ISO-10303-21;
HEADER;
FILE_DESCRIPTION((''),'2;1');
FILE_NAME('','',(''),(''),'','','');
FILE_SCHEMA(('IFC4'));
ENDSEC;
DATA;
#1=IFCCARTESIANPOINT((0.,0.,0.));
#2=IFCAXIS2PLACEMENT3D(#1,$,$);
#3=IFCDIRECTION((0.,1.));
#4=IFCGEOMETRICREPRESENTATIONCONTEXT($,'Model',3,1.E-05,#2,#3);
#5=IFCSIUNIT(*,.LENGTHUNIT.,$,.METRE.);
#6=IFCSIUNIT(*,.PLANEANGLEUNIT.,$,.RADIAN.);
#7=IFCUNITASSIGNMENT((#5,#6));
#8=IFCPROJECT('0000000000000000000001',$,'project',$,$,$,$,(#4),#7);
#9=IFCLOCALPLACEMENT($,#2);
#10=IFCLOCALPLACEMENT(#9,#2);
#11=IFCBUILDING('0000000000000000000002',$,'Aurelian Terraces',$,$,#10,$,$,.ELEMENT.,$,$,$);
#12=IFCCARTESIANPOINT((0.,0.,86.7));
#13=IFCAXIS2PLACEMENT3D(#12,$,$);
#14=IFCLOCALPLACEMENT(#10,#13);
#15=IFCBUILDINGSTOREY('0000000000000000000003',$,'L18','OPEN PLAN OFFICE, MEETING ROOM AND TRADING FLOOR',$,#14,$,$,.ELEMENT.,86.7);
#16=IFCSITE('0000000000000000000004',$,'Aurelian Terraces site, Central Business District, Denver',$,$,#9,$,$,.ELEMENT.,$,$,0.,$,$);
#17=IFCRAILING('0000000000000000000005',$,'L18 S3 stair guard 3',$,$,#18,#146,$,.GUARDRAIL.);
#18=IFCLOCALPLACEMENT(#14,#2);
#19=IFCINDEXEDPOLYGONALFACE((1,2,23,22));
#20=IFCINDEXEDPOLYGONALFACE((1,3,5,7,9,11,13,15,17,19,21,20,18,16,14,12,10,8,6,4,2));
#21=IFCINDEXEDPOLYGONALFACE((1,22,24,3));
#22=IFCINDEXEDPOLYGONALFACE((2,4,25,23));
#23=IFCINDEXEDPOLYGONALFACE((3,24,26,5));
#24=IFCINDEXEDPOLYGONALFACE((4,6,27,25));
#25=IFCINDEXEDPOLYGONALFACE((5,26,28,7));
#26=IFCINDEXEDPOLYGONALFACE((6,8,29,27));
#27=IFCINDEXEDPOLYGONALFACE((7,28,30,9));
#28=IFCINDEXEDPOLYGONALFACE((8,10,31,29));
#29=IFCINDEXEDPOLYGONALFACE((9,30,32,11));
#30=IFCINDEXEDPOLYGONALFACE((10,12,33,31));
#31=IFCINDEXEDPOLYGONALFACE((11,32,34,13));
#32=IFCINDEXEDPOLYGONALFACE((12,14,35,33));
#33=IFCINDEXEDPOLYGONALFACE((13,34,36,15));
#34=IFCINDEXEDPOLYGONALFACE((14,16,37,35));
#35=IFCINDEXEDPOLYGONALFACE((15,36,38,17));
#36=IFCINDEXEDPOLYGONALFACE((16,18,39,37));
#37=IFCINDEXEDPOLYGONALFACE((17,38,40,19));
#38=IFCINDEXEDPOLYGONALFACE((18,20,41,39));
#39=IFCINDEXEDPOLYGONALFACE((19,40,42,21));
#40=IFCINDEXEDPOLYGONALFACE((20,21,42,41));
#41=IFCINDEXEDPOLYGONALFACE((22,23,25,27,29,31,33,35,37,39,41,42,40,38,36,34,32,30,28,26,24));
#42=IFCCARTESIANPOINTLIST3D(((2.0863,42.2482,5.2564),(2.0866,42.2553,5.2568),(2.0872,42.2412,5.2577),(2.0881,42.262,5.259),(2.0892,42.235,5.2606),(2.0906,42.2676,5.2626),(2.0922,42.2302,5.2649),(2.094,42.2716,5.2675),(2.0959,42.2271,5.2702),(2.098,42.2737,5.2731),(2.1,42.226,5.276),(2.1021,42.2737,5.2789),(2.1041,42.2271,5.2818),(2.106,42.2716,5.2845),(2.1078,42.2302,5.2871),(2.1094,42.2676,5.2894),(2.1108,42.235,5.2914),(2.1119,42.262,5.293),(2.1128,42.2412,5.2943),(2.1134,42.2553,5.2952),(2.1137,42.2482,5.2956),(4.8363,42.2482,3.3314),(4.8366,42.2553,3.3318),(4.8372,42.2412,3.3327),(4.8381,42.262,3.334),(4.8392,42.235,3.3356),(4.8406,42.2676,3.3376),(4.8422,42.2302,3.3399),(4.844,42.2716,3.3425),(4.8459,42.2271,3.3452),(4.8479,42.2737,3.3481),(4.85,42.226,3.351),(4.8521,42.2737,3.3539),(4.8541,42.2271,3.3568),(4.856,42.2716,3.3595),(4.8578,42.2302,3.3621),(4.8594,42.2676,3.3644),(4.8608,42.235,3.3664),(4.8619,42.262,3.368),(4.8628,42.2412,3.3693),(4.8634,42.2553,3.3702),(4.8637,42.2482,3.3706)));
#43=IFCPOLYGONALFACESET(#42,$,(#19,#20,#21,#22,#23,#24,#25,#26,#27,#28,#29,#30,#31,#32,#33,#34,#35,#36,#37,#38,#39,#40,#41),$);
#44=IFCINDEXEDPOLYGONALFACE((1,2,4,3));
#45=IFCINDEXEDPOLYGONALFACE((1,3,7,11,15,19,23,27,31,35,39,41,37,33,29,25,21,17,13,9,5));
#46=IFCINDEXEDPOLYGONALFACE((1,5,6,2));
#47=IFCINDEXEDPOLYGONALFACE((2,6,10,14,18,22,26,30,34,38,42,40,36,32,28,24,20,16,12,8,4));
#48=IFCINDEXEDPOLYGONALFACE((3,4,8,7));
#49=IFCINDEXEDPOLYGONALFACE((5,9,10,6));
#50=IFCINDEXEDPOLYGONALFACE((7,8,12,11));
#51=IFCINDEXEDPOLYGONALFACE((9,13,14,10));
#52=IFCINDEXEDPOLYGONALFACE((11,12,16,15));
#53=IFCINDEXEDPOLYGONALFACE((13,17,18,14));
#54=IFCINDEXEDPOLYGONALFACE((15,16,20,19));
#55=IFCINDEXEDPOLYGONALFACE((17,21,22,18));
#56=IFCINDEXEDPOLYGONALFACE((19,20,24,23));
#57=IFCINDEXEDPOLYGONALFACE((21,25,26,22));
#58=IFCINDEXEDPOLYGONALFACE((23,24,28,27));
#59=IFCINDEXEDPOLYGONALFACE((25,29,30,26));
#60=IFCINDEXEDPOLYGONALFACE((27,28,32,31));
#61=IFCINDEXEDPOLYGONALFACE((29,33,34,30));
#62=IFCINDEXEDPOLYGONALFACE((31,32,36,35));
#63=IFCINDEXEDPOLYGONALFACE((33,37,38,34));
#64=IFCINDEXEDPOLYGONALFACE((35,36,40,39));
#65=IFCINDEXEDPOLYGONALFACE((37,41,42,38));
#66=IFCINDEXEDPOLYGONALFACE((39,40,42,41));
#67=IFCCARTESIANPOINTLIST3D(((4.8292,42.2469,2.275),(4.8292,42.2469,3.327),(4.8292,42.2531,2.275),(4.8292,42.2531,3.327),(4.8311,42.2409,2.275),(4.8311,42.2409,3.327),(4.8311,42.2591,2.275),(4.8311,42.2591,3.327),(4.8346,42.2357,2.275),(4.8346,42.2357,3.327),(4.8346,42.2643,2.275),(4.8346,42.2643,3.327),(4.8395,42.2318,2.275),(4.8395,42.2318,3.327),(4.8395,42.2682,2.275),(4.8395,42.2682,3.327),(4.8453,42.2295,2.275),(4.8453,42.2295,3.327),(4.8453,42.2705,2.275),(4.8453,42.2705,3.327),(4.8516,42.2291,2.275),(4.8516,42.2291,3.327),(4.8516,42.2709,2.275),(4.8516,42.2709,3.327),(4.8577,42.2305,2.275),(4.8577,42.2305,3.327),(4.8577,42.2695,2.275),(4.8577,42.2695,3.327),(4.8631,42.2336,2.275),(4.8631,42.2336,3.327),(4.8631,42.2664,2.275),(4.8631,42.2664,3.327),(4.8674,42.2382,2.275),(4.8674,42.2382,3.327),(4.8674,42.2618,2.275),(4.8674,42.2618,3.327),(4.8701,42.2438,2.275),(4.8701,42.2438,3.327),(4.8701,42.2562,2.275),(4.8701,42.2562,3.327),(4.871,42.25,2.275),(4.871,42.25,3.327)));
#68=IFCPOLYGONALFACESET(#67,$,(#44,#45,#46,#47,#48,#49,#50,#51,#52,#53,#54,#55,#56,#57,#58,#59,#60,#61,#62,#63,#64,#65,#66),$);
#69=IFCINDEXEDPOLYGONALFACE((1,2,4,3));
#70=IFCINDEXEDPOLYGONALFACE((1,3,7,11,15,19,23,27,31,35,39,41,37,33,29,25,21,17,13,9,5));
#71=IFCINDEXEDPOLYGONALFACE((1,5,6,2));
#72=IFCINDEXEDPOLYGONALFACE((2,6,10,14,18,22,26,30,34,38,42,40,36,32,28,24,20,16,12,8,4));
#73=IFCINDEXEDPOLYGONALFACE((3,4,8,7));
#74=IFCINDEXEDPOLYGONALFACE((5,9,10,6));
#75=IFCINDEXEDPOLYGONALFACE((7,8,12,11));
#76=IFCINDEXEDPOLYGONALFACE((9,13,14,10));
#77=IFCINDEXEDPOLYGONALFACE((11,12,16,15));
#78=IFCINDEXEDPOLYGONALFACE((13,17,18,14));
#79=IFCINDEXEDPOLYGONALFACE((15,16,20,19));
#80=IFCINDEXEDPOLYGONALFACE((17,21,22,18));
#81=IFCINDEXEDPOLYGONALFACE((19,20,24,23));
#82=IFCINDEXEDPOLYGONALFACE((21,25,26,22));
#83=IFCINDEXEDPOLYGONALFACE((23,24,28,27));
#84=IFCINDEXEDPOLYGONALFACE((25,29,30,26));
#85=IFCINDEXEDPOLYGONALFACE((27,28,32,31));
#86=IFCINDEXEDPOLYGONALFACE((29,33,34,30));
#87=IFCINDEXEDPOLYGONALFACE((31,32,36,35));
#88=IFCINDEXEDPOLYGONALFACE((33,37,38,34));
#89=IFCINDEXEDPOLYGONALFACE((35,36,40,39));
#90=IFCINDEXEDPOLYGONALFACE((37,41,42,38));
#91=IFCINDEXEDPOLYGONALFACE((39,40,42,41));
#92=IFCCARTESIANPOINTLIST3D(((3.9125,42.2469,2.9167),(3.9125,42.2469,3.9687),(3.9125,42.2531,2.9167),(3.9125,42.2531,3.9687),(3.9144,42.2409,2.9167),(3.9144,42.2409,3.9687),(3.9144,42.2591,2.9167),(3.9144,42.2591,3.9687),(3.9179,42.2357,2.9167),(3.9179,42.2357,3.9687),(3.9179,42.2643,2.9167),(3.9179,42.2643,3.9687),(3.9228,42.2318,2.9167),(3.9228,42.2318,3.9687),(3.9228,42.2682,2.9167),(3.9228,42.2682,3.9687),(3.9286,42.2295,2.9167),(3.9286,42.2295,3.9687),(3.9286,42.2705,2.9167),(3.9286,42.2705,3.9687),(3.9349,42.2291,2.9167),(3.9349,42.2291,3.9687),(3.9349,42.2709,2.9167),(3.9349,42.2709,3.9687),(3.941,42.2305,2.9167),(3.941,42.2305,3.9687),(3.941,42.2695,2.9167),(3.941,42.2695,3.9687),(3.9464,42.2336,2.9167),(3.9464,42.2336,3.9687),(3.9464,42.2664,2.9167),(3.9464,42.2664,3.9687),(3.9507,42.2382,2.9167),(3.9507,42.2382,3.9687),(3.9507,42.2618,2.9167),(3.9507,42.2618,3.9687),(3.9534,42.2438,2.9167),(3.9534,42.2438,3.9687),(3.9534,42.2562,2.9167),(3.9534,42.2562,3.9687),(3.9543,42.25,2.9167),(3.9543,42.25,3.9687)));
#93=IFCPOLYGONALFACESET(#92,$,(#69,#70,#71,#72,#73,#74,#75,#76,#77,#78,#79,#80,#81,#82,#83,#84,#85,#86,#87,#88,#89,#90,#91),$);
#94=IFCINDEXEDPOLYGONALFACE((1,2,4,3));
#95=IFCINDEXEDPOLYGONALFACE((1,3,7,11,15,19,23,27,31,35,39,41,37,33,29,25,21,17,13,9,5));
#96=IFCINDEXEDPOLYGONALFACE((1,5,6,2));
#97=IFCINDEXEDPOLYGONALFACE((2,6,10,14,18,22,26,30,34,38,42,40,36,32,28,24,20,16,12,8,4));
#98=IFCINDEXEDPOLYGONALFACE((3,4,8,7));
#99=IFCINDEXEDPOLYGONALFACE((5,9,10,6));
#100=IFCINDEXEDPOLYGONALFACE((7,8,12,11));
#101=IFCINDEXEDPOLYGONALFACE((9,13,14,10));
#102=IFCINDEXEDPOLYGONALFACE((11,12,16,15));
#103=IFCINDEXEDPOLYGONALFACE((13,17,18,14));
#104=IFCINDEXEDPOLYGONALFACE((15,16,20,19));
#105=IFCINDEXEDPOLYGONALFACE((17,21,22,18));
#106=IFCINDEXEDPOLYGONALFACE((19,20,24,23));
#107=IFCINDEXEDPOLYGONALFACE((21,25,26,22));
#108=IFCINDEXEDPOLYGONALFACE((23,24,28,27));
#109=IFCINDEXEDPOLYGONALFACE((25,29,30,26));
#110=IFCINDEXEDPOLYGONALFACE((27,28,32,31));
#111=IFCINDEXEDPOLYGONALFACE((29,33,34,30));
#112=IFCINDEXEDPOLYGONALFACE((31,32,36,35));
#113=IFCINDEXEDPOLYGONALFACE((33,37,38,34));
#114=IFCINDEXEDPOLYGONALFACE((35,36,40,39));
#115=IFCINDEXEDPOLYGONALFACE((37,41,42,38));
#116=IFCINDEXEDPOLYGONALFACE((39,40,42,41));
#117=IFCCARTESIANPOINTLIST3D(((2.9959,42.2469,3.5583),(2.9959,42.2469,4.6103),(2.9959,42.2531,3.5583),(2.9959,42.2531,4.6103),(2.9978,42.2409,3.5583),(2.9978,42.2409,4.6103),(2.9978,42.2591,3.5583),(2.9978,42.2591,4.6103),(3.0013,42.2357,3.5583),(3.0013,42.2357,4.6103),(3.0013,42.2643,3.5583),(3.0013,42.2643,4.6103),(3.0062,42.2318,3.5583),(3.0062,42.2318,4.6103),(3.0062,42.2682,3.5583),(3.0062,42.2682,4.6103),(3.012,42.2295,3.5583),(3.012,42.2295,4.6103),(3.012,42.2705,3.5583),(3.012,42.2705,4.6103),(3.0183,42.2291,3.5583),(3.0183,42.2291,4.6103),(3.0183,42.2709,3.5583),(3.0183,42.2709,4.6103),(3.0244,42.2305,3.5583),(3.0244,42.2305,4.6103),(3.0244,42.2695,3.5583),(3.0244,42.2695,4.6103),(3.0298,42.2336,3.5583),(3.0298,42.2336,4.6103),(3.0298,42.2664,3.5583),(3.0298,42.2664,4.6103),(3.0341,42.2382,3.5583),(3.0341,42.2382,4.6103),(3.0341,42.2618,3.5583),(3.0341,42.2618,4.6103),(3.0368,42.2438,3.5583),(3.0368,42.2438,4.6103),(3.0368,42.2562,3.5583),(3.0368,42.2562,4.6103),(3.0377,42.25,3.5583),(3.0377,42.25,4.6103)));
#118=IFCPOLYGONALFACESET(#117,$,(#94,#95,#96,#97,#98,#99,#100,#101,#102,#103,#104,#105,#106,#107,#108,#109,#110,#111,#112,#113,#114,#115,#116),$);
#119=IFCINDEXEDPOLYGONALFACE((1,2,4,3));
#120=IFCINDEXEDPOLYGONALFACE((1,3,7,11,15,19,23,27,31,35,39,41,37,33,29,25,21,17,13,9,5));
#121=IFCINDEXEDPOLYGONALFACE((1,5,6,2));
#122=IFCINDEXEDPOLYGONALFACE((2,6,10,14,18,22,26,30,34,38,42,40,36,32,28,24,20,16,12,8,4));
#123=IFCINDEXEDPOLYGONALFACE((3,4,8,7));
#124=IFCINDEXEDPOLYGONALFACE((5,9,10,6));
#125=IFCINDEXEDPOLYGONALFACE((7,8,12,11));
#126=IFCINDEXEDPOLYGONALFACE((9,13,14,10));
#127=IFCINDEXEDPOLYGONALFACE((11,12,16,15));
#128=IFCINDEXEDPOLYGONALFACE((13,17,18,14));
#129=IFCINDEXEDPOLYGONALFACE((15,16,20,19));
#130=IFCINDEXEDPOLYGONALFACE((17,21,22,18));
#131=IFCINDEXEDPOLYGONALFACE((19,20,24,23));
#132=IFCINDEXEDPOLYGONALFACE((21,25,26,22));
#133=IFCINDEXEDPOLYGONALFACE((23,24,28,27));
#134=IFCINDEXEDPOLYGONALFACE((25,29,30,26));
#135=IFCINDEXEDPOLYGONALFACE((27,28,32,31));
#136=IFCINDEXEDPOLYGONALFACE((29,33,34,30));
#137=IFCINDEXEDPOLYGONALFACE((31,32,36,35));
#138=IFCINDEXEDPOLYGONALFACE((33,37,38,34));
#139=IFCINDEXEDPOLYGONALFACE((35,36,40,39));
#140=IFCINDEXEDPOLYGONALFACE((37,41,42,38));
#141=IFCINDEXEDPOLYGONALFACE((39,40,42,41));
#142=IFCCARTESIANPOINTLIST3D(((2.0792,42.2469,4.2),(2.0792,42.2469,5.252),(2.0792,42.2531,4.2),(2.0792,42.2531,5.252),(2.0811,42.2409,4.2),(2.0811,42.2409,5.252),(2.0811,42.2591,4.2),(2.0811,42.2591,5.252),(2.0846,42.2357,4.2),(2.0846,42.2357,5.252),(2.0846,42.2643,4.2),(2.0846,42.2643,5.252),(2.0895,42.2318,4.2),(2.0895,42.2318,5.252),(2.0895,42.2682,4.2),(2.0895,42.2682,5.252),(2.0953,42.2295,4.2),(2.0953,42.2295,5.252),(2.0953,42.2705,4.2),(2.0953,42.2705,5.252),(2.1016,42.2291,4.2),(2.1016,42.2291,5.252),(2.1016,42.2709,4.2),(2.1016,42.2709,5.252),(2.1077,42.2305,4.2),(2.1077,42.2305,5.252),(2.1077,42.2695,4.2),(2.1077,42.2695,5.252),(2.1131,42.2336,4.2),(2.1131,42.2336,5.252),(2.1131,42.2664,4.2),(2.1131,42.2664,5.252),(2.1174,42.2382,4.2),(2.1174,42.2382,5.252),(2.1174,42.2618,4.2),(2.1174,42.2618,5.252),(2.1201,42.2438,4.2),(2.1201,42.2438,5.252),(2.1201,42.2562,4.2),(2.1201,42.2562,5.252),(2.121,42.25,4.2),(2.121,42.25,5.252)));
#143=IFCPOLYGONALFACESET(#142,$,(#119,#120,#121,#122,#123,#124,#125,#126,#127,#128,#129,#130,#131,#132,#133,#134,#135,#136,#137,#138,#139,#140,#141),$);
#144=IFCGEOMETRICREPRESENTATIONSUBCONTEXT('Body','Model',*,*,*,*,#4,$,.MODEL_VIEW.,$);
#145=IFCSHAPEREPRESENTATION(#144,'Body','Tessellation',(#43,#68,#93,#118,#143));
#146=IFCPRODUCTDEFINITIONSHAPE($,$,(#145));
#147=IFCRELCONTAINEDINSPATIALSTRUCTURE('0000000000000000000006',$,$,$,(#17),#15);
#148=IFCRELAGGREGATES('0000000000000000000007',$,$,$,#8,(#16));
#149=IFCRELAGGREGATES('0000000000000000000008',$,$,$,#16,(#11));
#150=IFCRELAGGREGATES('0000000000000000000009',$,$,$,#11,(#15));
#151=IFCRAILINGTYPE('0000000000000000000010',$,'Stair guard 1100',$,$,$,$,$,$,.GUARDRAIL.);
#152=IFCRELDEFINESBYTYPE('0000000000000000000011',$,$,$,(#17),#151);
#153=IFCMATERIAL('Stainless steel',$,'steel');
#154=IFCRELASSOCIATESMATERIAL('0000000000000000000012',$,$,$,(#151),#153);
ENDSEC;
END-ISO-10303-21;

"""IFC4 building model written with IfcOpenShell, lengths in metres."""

from ifc_helpers import new_model, si_unit, direction, frame, origin, origin_2d, place, context, subcontext, project, spatial, circle, extrude, source, transform, mapped, material, type_object, element, save


model = new_model("IFC4")

# Units and contexts
model_context = context("Model", 3, precision=1e-05, world=origin(), true_north=direction((0.0, 1.0)))
body_context = subcontext(model_context, "Body", "Model", "MODEL_VIEW")
ifc_project = project(units=[si_unit("LENGTHUNIT", "METRE"), si_unit("PLANEANGLEUNIT", "RADIAN")], contexts=[model_context])

# Site, building, storey
site_placement = place(None, origin())
site = spatial("IfcSite", under=ifc_project, at=site_placement, Name="Aurelian Terraces site, Central Business District, Denver", CompositionType="ELEMENT", RefElevation=0.0)
building_placement = place(site_placement, origin())
building = spatial("IfcBuilding", under=site, at=building_placement, Name="Aurelian Terraces", CompositionType="ELEMENT")
storey_placement = place(building_placement, frame((0.0, 0.0, 86.7)))
storey = spatial("IfcBuildingStorey", under=building, at=storey_placement, Name="L18", Description="OPEN PLAN OFFICE, MEETING ROOM AND TRADING FLOOR", CompositionType="ELEMENT", Elevation=86.7)

# Railing
ifc_material_1 = material(Name="Stainless steel", Category="steel")
railing_type_1 = type_object("IfcRailingType", Name="Stair guard 1100", PredefinedType="GUARDRAIL", material=ifc_material_1)
shared_shape_1 = source(origin(), body_context, "Body", "SweptSolid", [
    extrude(circle(Radius=0.024, at=origin_2d()), frame((0.0, 0.0, 1.076), z_axis=(-0.819232, 0.0, 0.573462), x_axis=(0.0, -1.0, 0.0)), (0.0, 0.0, 1.0), 3.3568),
    extrude(circle(Radius=0.021, at=origin_2d()), origin(), (0.0, 0.0, 1.0), 1.052),
    extrude(circle(Radius=0.021, at=origin_2d()), frame((-0.9167, 0.0, 0.6417)), (0.0, 0.0, 1.0), 1.052),
    extrude(circle(Radius=0.021, at=origin_2d()), frame((-1.8333, 0.0, 1.2833)), (0.0, 0.0, 1.0), 1.052),
    extrude(circle(Radius=0.021, at=origin_2d()), frame((-2.75, 0.0, 1.925)), (0.0, 0.0, 1.0), 1.052),
])
railing_1_placement = place(storey_placement, frame((4.85, 42.25, 2.275)))
element("IfcRailing", 1, at=railing_1_placement, inside=storey, type_object=railing_type_1, Name="L18 S3 stair guard 3", PredefinedType="GUARDRAIL", context=body_context, shape_type="MappedRepresentation", body=[
    mapped(shared_shape_1, transform((0.0, 0.0, 0.0), scale=1.0)),
])

save(model, "model.ifc")
